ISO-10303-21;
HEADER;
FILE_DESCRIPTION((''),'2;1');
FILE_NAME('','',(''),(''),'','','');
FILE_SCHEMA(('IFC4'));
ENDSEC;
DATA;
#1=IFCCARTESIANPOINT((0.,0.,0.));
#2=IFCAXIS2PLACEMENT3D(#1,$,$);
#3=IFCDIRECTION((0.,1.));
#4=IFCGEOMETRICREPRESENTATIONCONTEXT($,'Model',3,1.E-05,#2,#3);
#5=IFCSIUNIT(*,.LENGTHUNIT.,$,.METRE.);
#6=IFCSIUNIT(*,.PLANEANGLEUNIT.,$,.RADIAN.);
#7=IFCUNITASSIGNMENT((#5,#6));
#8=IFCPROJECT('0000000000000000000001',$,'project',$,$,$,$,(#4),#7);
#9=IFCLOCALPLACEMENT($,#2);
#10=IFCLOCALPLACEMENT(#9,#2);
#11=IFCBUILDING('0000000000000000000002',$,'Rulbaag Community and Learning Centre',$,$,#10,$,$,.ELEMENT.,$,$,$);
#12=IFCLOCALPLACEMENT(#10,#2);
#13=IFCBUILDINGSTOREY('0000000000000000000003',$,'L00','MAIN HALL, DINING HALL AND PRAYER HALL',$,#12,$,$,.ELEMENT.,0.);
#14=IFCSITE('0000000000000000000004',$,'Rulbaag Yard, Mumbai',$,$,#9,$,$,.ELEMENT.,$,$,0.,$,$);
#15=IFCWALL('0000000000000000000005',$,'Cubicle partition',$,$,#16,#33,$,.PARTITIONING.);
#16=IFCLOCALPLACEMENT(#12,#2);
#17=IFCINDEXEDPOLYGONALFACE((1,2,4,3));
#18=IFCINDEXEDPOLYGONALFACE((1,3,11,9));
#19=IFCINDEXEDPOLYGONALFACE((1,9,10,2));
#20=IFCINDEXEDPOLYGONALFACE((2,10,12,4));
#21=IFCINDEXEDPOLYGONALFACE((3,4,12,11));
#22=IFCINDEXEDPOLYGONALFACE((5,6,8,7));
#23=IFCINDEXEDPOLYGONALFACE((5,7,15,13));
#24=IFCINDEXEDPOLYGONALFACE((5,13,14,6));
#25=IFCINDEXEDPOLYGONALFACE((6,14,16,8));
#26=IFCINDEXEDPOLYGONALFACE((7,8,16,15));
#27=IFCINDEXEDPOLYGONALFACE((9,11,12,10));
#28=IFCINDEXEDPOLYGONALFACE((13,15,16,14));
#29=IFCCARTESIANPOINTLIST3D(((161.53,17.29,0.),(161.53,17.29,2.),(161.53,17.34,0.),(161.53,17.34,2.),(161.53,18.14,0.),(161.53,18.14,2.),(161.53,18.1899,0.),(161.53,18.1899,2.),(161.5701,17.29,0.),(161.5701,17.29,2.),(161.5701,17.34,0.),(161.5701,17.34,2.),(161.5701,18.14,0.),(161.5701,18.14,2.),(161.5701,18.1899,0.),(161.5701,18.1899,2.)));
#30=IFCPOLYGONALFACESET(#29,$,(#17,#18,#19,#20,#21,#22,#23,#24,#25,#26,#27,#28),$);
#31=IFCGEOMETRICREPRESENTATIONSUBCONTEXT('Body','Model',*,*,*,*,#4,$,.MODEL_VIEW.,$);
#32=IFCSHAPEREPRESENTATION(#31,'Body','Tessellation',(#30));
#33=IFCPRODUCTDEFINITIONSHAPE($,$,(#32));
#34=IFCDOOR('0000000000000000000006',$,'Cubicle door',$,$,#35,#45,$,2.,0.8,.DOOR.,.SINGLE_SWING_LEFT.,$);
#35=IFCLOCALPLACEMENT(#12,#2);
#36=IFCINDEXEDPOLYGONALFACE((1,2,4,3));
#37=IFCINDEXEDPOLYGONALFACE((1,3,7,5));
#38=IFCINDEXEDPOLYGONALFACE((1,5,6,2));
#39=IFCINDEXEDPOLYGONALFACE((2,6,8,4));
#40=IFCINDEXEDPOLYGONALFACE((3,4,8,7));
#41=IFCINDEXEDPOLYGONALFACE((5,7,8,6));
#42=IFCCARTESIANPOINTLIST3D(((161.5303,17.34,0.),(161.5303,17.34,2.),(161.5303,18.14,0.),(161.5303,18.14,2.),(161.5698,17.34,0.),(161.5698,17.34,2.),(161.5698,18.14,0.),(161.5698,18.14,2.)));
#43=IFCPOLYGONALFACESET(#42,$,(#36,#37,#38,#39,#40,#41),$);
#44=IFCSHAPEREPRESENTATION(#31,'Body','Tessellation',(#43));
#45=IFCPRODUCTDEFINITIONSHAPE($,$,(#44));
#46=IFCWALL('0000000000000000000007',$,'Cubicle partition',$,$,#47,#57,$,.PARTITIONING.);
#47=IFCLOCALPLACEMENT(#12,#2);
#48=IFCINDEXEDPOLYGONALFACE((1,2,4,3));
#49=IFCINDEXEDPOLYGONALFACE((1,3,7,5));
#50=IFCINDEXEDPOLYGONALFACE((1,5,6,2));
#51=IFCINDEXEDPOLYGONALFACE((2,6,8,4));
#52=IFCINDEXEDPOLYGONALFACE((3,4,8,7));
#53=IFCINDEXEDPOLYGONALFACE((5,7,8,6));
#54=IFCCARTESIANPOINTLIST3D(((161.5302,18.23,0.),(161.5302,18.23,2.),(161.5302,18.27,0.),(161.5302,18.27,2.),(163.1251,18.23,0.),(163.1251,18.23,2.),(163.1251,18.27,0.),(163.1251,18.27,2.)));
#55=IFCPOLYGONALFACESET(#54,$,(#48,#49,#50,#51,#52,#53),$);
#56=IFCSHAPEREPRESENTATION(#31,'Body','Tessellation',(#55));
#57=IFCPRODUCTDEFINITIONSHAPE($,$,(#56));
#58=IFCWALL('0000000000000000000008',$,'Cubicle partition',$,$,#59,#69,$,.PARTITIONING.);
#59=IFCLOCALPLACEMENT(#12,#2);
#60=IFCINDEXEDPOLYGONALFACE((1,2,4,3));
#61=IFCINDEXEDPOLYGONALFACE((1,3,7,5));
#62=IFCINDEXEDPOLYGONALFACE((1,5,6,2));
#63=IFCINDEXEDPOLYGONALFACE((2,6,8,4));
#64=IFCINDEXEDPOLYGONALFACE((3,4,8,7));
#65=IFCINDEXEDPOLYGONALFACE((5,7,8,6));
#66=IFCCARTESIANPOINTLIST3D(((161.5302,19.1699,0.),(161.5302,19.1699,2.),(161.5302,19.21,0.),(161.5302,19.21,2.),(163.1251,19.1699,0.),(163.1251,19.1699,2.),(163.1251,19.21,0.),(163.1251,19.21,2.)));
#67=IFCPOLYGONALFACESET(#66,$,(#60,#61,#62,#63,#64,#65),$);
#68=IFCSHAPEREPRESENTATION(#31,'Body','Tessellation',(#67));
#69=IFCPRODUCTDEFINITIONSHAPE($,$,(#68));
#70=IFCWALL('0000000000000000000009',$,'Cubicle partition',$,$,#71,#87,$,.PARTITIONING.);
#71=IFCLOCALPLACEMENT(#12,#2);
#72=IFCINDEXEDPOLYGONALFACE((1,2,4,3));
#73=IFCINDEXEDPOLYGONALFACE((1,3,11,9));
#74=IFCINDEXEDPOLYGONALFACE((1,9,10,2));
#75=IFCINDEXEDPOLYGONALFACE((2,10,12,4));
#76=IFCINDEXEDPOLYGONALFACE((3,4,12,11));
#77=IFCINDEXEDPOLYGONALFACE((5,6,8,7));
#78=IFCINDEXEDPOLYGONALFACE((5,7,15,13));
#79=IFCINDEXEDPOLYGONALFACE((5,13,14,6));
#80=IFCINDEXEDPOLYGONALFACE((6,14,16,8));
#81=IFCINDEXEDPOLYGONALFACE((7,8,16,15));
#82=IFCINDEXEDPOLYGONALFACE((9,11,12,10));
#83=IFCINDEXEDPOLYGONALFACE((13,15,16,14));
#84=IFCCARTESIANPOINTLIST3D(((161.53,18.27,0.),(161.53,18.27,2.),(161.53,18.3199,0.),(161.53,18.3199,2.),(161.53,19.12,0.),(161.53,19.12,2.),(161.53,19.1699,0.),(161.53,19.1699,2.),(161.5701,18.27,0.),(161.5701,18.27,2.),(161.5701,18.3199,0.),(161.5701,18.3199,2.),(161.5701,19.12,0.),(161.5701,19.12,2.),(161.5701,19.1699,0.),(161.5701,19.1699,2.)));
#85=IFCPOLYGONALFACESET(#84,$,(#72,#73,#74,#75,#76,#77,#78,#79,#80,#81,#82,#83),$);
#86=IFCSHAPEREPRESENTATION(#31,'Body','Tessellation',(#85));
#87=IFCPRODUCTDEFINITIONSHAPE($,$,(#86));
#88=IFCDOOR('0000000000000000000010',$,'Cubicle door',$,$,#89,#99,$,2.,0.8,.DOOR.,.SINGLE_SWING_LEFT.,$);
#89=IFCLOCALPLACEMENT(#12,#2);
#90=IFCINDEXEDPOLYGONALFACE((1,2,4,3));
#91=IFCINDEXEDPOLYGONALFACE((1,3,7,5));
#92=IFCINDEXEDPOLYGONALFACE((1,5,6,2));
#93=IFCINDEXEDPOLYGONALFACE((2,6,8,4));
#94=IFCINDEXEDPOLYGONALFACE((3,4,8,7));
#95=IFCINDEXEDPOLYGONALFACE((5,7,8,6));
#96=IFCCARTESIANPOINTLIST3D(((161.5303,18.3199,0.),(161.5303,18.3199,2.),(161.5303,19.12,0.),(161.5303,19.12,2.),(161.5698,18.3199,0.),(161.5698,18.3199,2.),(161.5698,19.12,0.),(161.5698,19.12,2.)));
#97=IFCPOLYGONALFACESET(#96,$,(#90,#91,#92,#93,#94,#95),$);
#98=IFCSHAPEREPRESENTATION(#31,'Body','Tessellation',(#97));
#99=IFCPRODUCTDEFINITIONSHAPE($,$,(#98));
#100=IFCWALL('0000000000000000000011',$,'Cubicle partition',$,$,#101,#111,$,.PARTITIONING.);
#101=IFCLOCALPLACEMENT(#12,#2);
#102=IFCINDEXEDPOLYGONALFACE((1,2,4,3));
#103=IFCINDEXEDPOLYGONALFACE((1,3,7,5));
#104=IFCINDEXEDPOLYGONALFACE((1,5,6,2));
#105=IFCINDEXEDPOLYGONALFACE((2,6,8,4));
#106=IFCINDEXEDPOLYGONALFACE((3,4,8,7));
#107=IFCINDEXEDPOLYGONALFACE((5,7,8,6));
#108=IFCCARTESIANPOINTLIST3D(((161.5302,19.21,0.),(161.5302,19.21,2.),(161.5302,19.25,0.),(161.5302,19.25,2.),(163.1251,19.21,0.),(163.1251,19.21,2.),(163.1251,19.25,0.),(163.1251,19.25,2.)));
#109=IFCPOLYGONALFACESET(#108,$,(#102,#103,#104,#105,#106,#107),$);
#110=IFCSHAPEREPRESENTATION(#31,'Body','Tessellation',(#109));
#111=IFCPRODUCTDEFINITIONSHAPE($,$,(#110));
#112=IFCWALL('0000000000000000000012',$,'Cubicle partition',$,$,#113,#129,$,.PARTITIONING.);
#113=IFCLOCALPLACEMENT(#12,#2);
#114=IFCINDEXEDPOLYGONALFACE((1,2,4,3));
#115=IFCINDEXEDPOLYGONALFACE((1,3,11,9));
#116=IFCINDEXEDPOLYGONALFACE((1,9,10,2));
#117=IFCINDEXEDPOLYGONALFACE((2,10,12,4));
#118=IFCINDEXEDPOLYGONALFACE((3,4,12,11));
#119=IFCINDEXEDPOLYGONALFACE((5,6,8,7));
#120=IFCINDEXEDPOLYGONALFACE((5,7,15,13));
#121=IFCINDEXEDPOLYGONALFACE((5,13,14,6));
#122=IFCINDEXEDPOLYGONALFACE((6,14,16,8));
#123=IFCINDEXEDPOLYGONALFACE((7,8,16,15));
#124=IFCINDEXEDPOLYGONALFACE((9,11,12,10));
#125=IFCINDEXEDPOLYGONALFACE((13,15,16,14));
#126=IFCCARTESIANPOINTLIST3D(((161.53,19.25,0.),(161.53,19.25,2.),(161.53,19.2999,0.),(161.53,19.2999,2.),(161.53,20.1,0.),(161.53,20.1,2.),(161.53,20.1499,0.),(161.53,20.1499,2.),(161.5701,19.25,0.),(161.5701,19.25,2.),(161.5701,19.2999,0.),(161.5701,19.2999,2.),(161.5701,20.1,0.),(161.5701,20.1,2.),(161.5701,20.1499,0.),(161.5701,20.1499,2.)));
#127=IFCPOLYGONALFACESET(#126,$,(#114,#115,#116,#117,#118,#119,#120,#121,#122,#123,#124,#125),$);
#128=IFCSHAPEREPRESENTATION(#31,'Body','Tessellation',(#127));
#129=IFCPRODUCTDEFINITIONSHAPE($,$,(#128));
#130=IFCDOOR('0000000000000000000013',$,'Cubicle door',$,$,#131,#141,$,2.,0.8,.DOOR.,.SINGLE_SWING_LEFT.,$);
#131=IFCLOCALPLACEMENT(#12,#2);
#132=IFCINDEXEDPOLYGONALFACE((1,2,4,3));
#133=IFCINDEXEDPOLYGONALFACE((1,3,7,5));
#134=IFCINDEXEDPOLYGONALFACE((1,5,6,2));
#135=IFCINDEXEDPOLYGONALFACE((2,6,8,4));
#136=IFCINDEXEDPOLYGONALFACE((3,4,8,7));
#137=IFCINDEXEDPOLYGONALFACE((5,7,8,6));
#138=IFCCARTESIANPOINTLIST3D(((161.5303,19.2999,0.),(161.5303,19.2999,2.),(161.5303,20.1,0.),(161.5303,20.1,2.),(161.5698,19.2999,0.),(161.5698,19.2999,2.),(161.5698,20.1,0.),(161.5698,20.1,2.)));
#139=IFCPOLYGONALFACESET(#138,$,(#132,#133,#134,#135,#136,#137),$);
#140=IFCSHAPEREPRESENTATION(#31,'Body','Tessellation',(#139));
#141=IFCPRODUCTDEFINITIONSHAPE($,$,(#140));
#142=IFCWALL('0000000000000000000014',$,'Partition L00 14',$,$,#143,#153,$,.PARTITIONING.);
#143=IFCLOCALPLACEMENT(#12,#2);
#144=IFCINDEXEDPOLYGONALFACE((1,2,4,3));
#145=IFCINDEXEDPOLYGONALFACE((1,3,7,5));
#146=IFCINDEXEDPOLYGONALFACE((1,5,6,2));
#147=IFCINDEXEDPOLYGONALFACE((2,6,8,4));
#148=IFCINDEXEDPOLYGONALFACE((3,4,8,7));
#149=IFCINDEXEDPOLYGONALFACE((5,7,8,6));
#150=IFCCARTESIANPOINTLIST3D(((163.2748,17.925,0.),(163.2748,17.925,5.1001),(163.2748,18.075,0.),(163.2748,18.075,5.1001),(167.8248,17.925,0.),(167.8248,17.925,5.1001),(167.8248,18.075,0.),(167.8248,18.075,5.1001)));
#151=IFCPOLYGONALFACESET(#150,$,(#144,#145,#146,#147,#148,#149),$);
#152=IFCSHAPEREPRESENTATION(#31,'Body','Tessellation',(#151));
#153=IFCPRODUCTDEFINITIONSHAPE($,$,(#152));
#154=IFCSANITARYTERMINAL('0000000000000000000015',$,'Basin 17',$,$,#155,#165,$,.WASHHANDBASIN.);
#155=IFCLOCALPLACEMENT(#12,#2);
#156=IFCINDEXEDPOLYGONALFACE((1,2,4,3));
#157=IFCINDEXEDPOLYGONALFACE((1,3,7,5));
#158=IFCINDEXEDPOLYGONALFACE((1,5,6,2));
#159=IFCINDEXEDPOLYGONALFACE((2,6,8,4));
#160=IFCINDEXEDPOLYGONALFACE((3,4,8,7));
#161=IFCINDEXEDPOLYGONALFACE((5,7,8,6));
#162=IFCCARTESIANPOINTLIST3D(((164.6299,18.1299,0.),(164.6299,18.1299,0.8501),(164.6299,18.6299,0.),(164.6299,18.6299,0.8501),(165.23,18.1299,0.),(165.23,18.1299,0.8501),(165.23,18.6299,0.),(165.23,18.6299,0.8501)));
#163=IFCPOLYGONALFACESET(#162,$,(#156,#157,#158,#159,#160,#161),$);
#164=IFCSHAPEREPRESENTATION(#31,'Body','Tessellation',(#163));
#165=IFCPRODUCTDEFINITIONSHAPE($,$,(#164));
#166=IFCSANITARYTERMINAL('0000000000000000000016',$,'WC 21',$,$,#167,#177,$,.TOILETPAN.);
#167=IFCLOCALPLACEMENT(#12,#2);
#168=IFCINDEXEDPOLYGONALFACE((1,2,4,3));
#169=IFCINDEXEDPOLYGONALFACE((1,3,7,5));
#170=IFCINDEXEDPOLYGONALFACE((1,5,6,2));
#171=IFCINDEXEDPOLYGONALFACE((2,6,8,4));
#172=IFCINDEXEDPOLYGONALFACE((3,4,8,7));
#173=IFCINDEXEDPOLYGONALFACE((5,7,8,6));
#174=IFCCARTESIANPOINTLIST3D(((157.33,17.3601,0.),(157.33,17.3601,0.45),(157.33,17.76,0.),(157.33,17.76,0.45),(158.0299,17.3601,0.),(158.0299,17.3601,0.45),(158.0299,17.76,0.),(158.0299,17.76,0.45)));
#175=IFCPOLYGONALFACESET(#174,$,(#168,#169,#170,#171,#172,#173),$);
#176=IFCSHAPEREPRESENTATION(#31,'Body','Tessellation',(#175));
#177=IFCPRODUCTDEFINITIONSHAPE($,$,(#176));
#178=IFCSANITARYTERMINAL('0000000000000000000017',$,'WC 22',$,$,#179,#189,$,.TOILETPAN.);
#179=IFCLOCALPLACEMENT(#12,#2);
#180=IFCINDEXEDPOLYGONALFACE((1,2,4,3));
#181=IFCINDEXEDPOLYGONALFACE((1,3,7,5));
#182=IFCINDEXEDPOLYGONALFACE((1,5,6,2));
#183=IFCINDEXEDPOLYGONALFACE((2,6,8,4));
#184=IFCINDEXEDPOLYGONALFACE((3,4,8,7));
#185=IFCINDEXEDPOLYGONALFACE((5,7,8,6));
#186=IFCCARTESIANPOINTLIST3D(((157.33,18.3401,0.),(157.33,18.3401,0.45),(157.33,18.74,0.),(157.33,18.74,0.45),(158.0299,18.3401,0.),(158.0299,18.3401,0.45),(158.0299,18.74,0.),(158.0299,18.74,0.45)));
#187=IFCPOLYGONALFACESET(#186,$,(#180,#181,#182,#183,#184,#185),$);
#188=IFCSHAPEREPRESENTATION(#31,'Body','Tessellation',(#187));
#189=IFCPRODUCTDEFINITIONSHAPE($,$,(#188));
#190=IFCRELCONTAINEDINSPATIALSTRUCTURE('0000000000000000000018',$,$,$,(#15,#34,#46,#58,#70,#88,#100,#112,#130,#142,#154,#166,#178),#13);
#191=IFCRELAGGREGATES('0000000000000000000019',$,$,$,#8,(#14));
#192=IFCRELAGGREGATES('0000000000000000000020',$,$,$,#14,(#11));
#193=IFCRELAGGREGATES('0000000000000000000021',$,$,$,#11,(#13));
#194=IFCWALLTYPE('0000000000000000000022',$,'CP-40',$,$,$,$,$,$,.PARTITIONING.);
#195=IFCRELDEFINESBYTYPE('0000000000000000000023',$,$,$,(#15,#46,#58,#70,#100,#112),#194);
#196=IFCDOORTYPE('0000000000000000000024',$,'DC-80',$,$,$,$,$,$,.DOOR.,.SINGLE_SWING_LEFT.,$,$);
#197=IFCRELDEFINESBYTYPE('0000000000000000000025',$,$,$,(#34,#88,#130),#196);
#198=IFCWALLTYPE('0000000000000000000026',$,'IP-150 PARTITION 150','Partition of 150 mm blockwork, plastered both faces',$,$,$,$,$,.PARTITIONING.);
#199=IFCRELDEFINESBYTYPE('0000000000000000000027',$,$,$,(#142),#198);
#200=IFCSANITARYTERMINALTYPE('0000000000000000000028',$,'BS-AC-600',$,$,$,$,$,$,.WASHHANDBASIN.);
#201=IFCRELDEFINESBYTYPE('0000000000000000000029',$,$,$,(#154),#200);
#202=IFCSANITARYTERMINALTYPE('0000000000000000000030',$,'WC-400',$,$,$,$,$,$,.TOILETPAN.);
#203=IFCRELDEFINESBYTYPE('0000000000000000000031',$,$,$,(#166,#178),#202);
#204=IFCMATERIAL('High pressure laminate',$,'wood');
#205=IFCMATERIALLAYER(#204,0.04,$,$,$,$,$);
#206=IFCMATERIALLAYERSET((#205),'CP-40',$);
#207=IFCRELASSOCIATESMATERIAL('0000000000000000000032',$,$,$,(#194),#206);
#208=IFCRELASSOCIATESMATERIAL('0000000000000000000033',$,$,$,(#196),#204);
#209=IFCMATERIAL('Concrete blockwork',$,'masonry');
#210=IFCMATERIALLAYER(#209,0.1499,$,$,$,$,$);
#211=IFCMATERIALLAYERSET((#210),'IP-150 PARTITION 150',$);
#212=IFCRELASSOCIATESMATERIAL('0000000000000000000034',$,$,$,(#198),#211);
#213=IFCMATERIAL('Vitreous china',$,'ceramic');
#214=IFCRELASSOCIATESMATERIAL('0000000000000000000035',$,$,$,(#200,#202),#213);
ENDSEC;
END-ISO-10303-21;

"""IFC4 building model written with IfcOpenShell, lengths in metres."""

from ifc_helpers import new_model, si_unit, direction, frame, frame_2d, origin, origin_2d, place, context, subcontext, project, spatial, rectangle, extrude, material, layer, layer_set, type_object, element, fill, save


model = new_model("IFC4")

# Units and contexts
model_context = context("Model", 3, precision=1e-05, world=origin(), true_north=direction((0.0, 1.0)))
body_context = subcontext(model_context, "Body", "Model", "MODEL_VIEW")
ifc_project = project(units=[si_unit("LENGTHUNIT", "METRE"), si_unit("PLANEANGLEUNIT", "RADIAN")], contexts=[model_context])

# Site, building, storey
site_placement = place(None, origin())
site = spatial("IfcSite", under=ifc_project, at=site_placement, Name="Rulbaag Yard, Mumbai", CompositionType="ELEMENT", RefElevation=0.0)
building_placement = place(site_placement, origin())
building = spatial("IfcBuilding", under=site, at=building_placement, Name="Rulbaag Community and Learning Centre", CompositionType="ELEMENT")
storey_placement = place(building_placement, origin())
storey = spatial("IfcBuildingStorey", under=building, at=storey_placement, Name="L00", Description="MAIN HALL, DINING HALL AND PRAYER HALL", CompositionType="ELEMENT", Elevation=0.0)

# Shared definitions
ifc_material_1 = material(Name="High pressure laminate", Category="wood")
ifc_layer_1 = layer(ifc_material_1, 0.04)
ifc_layer_set_1 = layer_set([ifc_layer_1], Name="CP-40")
wall_type_1 = type_object("IfcWallType", Name="CP-40", PredefinedType="PARTITIONING", material=ifc_layer_set_1)

# Shared definitions
door_type = type_object("IfcDoorType", Name="DC-80", OperationType="SINGLE_SWING_LEFT", PredefinedType="DOOR", material=ifc_material_1)

# Wall, opening, door
wall_1_placement = place(storey_placement, frame((161.55, 17.29, 0.0), z_axis=(0.0, 0.0, 1.0), x_axis=(0.0, 1.0, 0.0)))
wall_1 = element("IfcWall", 1, at=wall_1_placement, inside=storey, type_object=wall_type_1, Name="Cubicle partition", PredefinedType="PARTITIONING", context=body_context, shape_type="SweptSolid", body=[
    extrude(rectangle(XDim=0.8999, YDim=0.04, at=frame_2d((0.45, 0.0))), origin(), (0.0, 0.0, 1.0), 2.0),
])
opening_1_placement = place(wall_1_placement, frame((0.05, 0.0, 0.0)))
opening_1 = element("IfcOpeningElement", 2, at=opening_1_placement, cuts=wall_1, PredefinedType="OPENING", context=body_context, shape_type="SweptSolid", body=[
    extrude(rectangle(XDim=0.8, YDim=2.0, at=frame_2d((0.3999, 1.0))), frame((0.0, 0.03, 0.0), z_axis=(0.0, -1.0, 0.0), x_axis=(1.0, 0.0, 0.0)), (0.0, 0.0, 1.0), 0.0601),
])
door_1_placement = place(opening_1_placement, origin())
door_1 = element("IfcDoor", 3, at=door_1_placement, inside=storey, type_object=door_type, Name="Cubicle door", OperationType="SINGLE_SWING_LEFT", OverallHeight=2.0, OverallWidth=0.8, PredefinedType="DOOR", context=body_context, shape_type="SweptSolid", body=[
    extrude(rectangle(XDim=0.8, YDim=2.0, at=frame_2d((0.3999, 1.0))), frame((0.0, 0.0198, 0.0), z_axis=(0.0, -1.0, 0.0), x_axis=(1.0, 0.0, 0.0)), (0.0, 0.0, 1.0), 0.0396),
])
fill(opening_1, door_1)

# Walls
for number, where, z_axis, x_axis, name in (
    (4, (163.125, 18.25, 0.0), (0.0, 0.0, 1.0), (-1.0, 0.0, 0.0), "Cubicle partition"),
    (5, (163.125, 19.1899, 0.0), (0.0, 0.0, 1.0), (-1.0, 0.0, 0.0), "Cubicle partition"),
):
    element("IfcWall", number, at=place(storey_placement, frame(where, z_axis=z_axis, x_axis=x_axis)), inside=storey, type_object=wall_type_1, Name=name, PredefinedType="PARTITIONING", context=body_context, shape_type="SweptSolid", body=[
        extrude(rectangle(XDim=1.595, YDim=0.04, at=frame_2d((0.7974, 0.0))), origin(), (0.0, 0.0, 1.0), 2.0),
    ])

# Wall, opening, door
wall_2_placement = place(storey_placement, frame((161.55, 18.27, 0.0), z_axis=(0.0, 0.0, 1.0), x_axis=(0.0, 1.0, 0.0)))
wall_2 = element("IfcWall", 6, at=wall_2_placement, inside=storey, type_object=wall_type_1, Name="Cubicle partition", PredefinedType="PARTITIONING", context=body_context, shape_type="SweptSolid", body=[
    extrude(rectangle(XDim=0.8999, YDim=0.04, at=frame_2d((0.45, 0.0))), origin(), (0.0, 0.0, 1.0), 2.0),
])
opening_2_placement = place(wall_2_placement, frame((0.05, 0.0, 0.0)))
opening_2 = element("IfcOpeningElement", 7, at=opening_2_placement, cuts=wall_2, PredefinedType="OPENING", context=body_context, shape_type="SweptSolid", body=[
    extrude(rectangle(XDim=0.8, YDim=2.0, at=frame_2d((0.3999, 1.0))), frame((0.0, 0.03, 0.0), z_axis=(0.0, -1.0, 0.0), x_axis=(1.0, 0.0, 0.0)), (0.0, 0.0, 1.0), 0.0601),
])
door_2_placement = place(opening_2_placement, origin())
door_2 = element("IfcDoor", 8, at=door_2_placement, inside=storey, type_object=door_type, Name="Cubicle door", OperationType="SINGLE_SWING_LEFT", OverallHeight=2.0, OverallWidth=0.8, PredefinedType="DOOR", context=body_context, shape_type="SweptSolid", body=[
    extrude(rectangle(XDim=0.8, YDim=2.0, at=frame_2d((0.3999, 1.0))), frame((0.0, 0.0198, 0.0), z_axis=(0.0, -1.0, 0.0), x_axis=(1.0, 0.0, 0.0)), (0.0, 0.0, 1.0), 0.0396),
])
fill(opening_2, door_2)

# Wall
wall_3_placement = place(storey_placement, frame((163.125, 19.23, 0.0), z_axis=(0.0, 0.0, 1.0), x_axis=(-1.0, 0.0, 0.0)))
element("IfcWall", 9, at=wall_3_placement, inside=storey, type_object=wall_type_1, Name="Cubicle partition", PredefinedType="PARTITIONING", context=body_context, shape_type="SweptSolid", body=[
    extrude(rectangle(XDim=1.595, YDim=0.04, at=frame_2d((0.7974, 0.0))), origin(), (0.0, 0.0, 1.0), 2.0),
])

# Wall, opening, door
wall_4_placement = place(storey_placement, frame((161.55, 19.25, 0.0), z_axis=(0.0, 0.0, 1.0), x_axis=(0.0, 1.0, 0.0)))
wall_4 = element("IfcWall", 10, at=wall_4_placement, inside=storey, type_object=wall_type_1, Name="Cubicle partition", PredefinedType="PARTITIONING", context=body_context, shape_type="SweptSolid", body=[
    extrude(rectangle(XDim=0.8999, YDim=0.04, at=frame_2d((0.45, 0.0))), origin(), (0.0, 0.0, 1.0), 2.0),
])
opening_3_placement = place(wall_4_placement, frame((0.05, 0.0, 0.0)))
opening_3 = element("IfcOpeningElement", 11, at=opening_3_placement, cuts=wall_4, PredefinedType="OPENING", context=body_context, shape_type="SweptSolid", body=[
    extrude(rectangle(XDim=0.8, YDim=2.0, at=frame_2d((0.3999, 1.0))), frame((0.0, 0.03, 0.0), z_axis=(0.0, -1.0, 0.0), x_axis=(1.0, 0.0, 0.0)), (0.0, 0.0, 1.0), 0.0601),
])
door_3_placement = place(opening_3_placement, origin())
door_3 = element("IfcDoor", 12, at=door_3_placement, inside=storey, type_object=door_type, Name="Cubicle door", OperationType="SINGLE_SWING_LEFT", OverallHeight=2.0, OverallWidth=0.8, PredefinedType="DOOR", context=body_context, shape_type="SweptSolid", body=[
    extrude(rectangle(XDim=0.8, YDim=2.0, at=frame_2d((0.3999, 1.0))), frame((0.0, 0.0198, 0.0), z_axis=(0.0, -1.0, 0.0), x_axis=(1.0, 0.0, 0.0)), (0.0, 0.0, 1.0), 0.0396),
])
fill(opening_3, door_3)

# Wall
ifc_material_2 = material(Name="Concrete blockwork", Category="masonry")
ifc_layer_2 = layer(ifc_material_2, 0.1499)
ifc_layer_set_2 = layer_set([ifc_layer_2], Name="IP-150 PARTITION 150")
wall_type_2 = type_object("IfcWallType", Name="IP-150 PARTITION 150", Description="Partition of 150 mm blockwork, plastered both faces", PredefinedType="PARTITIONING", material=ifc_layer_set_2)
wall_5_placement = place(storey_placement, frame((163.2749, 18.0, 0.0), z_axis=(0.0, 0.0, 1.0), x_axis=(1.0, 0.0, 0.0)))
element("IfcWall", 13, at=wall_5_placement, inside=storey, type_object=wall_type_2, Name="Partition L00 14", PredefinedType="PARTITIONING", context=body_context, shape_type="SweptSolid", body=[
    extrude(rectangle(XDim=4.55, YDim=0.1499, at=frame_2d((2.2749, 0.0))), origin(), (0.0, 0.0, 1.0), 5.1001),
])

# Sanitary terminals
ifc_material_3 = material(Name="Vitreous china", Category="ceramic")
sanitary_terminal_type_1 = type_object("IfcSanitaryTerminalType", Name="BS-AC-600", PredefinedType="WASHHANDBASIN", material=ifc_material_3)
sanitary_terminal_1_placement = place(storey_placement, frame((164.9299, 18.3799, 0.0), z_axis=(0.0, 0.0, 1.0), x_axis=(1.0, 0.0, 0.0)))
element("IfcSanitaryTerminal", 14, at=sanitary_terminal_1_placement, inside=storey, type_object=sanitary_terminal_type_1, Name="Basin 17", PredefinedType="WASHHANDBASIN", context=body_context, shape_type="SweptSolid", body=[
    extrude(rectangle(XDim=0.6001, YDim=0.5, at=origin_2d()), origin(), (0.0, 0.0, 1.0), 0.8501),
])
sanitary_terminal_type_2 = type_object("IfcSanitaryTerminalType", Name="WC-400", PredefinedType="TOILETPAN", material=ifc_material_3)
for number, where, z_axis, x_axis, name in (
    (15, (157.6799, 17.5601, 0.0), (0.0, 0.0, 1.0), (1.0, 0.0, 0.0), "WC 21"),
    (16, (157.6799, 18.54, 0.0), (0.0, 0.0, 1.0), (1.0, 0.0, 0.0), "WC 22"),
):
    element("IfcSanitaryTerminal", number, at=place(storey_placement, frame(where, z_axis=z_axis, x_axis=x_axis)), inside=storey, type_object=sanitary_terminal_type_2, Name=name, PredefinedType="TOILETPAN", context=body_context, shape_type="SweptSolid", body=[
        extrude(rectangle(XDim=0.7, YDim=0.3999, at=origin_2d()), origin(), (0.0, 0.0, 1.0), 0.45),
    ])

save(model, "model.ifc")
